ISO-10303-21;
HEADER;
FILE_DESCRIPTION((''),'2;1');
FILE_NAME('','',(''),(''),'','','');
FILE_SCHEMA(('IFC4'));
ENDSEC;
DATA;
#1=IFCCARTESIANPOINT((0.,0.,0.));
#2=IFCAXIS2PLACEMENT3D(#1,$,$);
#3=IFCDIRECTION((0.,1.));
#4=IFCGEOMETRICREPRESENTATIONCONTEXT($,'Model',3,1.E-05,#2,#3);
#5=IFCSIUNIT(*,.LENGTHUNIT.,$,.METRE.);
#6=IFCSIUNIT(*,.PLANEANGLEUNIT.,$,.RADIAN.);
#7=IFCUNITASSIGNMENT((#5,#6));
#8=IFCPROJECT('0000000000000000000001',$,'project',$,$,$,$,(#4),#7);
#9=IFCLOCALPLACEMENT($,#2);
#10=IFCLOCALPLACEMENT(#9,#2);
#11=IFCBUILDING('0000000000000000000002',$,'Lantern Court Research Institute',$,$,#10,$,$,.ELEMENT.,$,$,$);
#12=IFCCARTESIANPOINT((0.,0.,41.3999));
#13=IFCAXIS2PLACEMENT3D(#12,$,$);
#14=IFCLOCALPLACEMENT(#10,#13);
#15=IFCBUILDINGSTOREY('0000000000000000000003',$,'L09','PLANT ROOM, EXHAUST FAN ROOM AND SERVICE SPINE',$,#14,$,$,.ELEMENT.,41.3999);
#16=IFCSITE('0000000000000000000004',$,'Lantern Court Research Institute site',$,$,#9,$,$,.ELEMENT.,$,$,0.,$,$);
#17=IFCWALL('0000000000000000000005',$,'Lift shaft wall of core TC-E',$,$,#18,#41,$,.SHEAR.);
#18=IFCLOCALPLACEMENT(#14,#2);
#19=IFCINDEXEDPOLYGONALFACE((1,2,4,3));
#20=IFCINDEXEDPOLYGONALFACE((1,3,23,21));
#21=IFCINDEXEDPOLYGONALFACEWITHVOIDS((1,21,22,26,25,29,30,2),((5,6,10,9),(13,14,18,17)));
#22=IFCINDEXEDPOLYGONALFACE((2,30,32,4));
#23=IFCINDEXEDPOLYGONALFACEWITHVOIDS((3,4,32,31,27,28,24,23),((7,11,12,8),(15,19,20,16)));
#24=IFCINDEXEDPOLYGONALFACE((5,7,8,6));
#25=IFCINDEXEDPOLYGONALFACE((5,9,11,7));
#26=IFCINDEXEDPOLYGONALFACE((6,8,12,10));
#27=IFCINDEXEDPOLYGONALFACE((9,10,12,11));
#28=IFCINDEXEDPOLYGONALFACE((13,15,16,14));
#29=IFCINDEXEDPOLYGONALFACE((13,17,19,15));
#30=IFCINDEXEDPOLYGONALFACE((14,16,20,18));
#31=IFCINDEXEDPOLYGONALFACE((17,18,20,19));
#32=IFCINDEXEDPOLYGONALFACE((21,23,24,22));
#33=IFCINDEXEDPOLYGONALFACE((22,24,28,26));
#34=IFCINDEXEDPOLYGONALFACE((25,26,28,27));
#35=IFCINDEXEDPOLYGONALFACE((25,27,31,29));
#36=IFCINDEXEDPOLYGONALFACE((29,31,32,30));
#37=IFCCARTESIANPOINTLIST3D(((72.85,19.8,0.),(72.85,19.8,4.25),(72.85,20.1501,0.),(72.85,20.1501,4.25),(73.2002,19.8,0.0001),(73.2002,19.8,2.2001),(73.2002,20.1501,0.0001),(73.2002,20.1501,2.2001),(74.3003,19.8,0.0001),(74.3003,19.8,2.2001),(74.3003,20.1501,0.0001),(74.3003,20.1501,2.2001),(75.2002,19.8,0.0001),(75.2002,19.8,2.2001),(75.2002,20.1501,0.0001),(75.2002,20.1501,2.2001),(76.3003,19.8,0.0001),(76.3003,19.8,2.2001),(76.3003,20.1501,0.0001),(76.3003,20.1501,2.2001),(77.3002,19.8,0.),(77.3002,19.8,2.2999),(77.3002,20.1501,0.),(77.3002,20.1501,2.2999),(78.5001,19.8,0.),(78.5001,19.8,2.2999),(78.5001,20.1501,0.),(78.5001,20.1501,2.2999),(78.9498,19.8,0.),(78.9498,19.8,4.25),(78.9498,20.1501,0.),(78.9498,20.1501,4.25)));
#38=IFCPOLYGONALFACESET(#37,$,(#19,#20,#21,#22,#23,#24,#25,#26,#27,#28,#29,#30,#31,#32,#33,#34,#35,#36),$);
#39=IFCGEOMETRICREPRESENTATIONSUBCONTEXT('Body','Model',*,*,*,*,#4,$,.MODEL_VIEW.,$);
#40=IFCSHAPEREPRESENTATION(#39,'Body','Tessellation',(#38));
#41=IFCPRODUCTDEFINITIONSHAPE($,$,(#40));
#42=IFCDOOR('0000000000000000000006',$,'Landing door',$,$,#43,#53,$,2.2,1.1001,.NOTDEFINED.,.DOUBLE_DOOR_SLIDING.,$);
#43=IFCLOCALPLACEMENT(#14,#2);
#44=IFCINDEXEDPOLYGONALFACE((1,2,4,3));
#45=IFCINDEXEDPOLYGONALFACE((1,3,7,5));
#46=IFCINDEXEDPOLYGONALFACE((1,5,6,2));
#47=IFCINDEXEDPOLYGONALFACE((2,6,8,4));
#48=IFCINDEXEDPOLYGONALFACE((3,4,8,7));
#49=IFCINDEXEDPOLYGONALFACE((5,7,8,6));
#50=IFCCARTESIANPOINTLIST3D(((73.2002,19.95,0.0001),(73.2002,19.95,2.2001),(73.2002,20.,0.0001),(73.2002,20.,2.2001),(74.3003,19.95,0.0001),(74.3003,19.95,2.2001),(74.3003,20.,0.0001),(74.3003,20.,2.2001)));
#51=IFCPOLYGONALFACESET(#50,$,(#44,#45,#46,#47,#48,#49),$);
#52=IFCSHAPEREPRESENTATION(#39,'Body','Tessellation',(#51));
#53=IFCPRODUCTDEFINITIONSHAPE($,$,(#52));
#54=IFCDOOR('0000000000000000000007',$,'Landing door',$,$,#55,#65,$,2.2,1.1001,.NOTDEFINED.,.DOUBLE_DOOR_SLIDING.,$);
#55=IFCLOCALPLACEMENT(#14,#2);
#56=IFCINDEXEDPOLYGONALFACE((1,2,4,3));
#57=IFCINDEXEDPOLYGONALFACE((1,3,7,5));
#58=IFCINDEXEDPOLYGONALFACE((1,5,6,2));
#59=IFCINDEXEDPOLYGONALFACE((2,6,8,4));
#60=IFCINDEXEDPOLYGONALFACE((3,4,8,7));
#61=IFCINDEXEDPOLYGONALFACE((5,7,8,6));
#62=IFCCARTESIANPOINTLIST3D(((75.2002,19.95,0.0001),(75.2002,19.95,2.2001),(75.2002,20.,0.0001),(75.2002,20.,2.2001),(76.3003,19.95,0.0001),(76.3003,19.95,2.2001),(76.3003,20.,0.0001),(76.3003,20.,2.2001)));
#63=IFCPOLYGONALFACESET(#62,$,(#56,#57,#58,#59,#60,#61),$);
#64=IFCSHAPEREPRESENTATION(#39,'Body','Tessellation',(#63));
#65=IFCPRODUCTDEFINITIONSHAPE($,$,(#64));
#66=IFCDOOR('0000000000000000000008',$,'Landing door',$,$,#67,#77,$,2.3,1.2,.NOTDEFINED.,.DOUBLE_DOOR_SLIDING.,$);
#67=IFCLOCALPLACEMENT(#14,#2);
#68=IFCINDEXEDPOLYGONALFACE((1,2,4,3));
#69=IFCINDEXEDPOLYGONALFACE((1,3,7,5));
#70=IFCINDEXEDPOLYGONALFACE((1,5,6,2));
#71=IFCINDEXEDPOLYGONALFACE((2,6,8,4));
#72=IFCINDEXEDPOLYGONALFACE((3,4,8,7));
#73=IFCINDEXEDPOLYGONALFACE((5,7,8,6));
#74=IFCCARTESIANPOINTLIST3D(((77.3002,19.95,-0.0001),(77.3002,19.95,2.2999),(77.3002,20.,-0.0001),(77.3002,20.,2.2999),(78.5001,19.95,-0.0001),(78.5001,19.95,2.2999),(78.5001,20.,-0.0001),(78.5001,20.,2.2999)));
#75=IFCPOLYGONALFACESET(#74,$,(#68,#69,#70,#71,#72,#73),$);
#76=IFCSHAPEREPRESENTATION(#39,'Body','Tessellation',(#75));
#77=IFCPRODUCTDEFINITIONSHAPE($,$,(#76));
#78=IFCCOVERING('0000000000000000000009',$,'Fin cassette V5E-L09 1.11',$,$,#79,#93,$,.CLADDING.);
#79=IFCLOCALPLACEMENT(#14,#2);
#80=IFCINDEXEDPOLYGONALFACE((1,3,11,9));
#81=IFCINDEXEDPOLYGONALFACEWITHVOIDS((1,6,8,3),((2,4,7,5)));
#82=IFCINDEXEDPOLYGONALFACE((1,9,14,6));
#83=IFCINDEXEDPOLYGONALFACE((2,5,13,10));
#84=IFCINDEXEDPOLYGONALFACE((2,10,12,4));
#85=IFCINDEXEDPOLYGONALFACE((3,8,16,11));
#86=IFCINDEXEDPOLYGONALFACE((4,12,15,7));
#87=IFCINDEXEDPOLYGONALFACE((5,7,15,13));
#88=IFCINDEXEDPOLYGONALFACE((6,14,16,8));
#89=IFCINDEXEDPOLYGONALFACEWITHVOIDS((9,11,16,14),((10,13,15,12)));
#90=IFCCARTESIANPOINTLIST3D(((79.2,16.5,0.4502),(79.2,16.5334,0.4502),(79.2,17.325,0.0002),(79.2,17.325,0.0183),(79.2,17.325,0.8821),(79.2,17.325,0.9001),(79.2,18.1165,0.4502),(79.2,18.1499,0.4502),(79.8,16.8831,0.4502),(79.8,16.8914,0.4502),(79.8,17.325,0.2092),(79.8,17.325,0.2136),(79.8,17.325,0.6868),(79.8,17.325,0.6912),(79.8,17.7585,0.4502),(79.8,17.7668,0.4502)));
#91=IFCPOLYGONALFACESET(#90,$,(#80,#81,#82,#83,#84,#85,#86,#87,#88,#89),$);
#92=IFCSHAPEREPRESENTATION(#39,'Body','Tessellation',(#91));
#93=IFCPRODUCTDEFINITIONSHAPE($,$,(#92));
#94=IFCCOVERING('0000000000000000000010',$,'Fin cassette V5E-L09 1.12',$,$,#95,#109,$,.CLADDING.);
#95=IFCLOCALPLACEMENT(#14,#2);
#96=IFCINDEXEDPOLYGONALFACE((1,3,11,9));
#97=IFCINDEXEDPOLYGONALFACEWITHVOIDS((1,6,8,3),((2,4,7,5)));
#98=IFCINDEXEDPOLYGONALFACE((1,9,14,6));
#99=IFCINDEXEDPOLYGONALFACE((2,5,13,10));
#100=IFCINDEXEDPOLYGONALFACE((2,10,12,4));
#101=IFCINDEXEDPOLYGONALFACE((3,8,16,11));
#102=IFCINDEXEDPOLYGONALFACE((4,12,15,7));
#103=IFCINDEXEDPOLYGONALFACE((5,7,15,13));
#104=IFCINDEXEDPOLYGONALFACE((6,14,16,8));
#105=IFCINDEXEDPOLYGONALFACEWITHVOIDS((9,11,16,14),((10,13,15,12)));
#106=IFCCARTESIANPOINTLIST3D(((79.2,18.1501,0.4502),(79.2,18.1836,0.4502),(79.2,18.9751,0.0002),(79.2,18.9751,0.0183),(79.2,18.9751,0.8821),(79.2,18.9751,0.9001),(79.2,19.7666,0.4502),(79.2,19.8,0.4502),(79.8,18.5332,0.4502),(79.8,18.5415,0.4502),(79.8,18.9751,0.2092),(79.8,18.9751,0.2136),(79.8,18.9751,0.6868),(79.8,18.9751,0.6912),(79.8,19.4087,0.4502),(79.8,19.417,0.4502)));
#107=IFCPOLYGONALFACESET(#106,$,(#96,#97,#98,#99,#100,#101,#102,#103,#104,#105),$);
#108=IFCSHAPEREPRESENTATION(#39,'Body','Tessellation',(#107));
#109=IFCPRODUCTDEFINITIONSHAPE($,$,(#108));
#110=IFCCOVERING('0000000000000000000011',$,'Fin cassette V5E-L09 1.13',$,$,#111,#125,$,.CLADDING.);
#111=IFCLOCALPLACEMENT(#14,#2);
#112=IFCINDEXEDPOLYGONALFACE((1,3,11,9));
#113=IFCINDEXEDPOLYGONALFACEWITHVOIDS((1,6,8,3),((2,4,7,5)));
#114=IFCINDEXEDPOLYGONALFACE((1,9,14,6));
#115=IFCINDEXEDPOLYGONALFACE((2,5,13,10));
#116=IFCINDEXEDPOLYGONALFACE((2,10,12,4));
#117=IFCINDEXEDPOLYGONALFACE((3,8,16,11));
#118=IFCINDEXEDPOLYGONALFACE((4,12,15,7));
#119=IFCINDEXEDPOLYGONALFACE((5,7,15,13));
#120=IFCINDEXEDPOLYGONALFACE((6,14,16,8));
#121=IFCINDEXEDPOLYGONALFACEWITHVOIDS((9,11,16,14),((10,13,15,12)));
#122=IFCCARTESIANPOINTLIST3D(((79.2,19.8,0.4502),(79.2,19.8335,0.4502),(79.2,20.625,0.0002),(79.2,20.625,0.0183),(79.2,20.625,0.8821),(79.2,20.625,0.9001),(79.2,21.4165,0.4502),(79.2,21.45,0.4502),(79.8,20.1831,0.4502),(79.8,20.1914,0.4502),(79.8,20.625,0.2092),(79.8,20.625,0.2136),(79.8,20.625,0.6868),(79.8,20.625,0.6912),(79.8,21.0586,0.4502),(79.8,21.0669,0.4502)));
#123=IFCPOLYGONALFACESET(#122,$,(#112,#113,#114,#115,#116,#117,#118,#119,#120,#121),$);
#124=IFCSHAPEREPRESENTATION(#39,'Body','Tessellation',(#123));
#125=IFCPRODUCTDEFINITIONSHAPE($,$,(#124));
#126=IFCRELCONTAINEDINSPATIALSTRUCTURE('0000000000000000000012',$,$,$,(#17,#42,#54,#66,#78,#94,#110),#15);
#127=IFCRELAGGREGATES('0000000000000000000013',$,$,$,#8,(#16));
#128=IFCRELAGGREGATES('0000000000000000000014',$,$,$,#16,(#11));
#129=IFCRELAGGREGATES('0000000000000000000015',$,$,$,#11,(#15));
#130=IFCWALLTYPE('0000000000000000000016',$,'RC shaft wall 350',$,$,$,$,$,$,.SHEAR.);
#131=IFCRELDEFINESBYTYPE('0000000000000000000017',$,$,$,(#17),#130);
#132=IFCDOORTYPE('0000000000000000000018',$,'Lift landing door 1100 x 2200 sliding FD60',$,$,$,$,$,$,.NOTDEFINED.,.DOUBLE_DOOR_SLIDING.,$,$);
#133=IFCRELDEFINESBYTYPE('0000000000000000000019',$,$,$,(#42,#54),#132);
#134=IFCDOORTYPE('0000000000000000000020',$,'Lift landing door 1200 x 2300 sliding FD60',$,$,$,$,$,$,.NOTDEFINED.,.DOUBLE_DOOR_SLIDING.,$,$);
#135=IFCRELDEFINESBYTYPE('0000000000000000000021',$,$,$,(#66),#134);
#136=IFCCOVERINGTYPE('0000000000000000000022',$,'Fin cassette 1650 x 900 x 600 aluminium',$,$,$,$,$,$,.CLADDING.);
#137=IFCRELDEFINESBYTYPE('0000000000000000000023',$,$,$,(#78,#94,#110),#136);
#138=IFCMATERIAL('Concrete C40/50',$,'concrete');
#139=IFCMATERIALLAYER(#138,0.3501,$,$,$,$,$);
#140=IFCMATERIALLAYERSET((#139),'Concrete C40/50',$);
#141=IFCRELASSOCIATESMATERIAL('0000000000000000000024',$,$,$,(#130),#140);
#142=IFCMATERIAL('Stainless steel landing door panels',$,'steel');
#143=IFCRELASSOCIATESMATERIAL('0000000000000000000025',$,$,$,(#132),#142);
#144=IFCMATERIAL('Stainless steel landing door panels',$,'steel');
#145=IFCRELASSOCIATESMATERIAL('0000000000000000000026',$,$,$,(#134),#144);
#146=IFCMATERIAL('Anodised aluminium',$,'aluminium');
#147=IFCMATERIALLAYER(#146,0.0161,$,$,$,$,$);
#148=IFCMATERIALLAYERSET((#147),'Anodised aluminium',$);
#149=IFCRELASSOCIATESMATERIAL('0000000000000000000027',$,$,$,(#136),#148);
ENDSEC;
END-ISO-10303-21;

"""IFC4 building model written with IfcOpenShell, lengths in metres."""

from ifc_helpers import new_model, entity, si_unit, direction, frame, frame_2d, origin, place, context, subcontext, project, spatial, rectangle, extrude, material, layer, layer_set, type_object, element, fill, save


model = new_model("IFC4")

# Units and contexts
model_context = context("Model", 3, precision=1e-05, world=origin(), true_north=direction((0.0, 1.0)))
body_context = subcontext(model_context, "Body", "Model", "MODEL_VIEW")
ifc_project = project(units=[si_unit("LENGTHUNIT", "METRE"), si_unit("PLANEANGLEUNIT", "RADIAN")], contexts=[model_context])

# Site, building, storey
site_placement = place(None, origin())
site = spatial("IfcSite", under=ifc_project, at=site_placement, Name="Lantern Court Research Institute site", CompositionType="ELEMENT", RefElevation=0.0)
building_placement = place(site_placement, origin())
building = spatial("IfcBuilding", under=site, at=building_placement, Name="Lantern Court Research Institute", CompositionType="ELEMENT")
storey_placement = place(building_placement, frame((0.0, 0.0, 41.3999)))
storey = spatial("IfcBuildingStorey", under=building, at=storey_placement, Name="L09", Description="PLANT ROOM, EXHAUST FAN ROOM AND SERVICE SPINE", CompositionType="ELEMENT", Elevation=41.3999)

# Wall, openings, doors
ifc_material_1 = material(Name="Concrete C40/50", Category="concrete")
ifc_layer_1 = layer(ifc_material_1, 0.3501)
ifc_layer_set_1 = layer_set([ifc_layer_1], Name="Concrete C40/50")
wall_type_1 = type_object("IfcWallType", Name="RC shaft wall 350", PredefinedType="SHEAR", material=ifc_layer_set_1)
wall_1_placement = place(storey_placement, frame((72.8501, 19.9751, 0.0), z_axis=(0.0, 0.0, 1.0), x_axis=(1.0, 0.0, 0.0)))
wall_1 = element("IfcWall", 1, at=wall_1_placement, inside=storey, type_object=wall_type_1, Name="Lift shaft wall of core TC-E", PredefinedType="SHEAR", context=body_context, shape_type="SweptSolid", body=[
    extrude(rectangle(XDim=6.0999, YDim=0.3501, at=frame_2d((3.0498, 0.0))), origin(), (0.0, 0.0, 1.0), 4.25),
])
opening_1_placement = place(wall_1_placement, frame((0.3501, 0.0, 0.0)))
opening_1 = element("IfcOpeningElement", 2, at=opening_1_placement, cuts=wall_1, PredefinedType="OPENING", context=body_context, shape_type="SweptSolid", body=[
    extrude(rectangle(XDim=1.1001, YDim=2.2, at=frame_2d((0.55, 1.1001))), frame((0.0, 0.1851, 0.0), z_axis=(0.0, -1.0, 0.0), x_axis=(1.0, 0.0, 0.0)), (0.0, 0.0, 1.0), 0.3701),
])
opening_2_placement = place(wall_1_placement, frame((2.3501, 0.0, 0.0)))
opening_2 = element("IfcOpeningElement", 3, at=opening_2_placement, cuts=wall_1, PredefinedType="OPENING", context=body_context, shape_type="SweptSolid", body=[
    extrude(rectangle(XDim=1.1001, YDim=2.2, at=frame_2d((0.55, 1.1001))), frame((0.0, 0.1851, 0.0), z_axis=(0.0, -1.0, 0.0), x_axis=(1.0, 0.0, 0.0)), (0.0, 0.0, 1.0), 0.3701),
])
opening_3_placement = place(wall_1_placement, frame((4.45, 0.0, 0.0)))
opening_3 = element("IfcOpeningElement", 4, at=opening_3_placement, cuts=wall_1, PredefinedType="OPENING", context=body_context, shape_type="SweptSolid", body=[
    extrude(rectangle(XDim=1.2, YDim=2.3, at=frame_2d((0.6001, 1.1499))), frame((0.0, 0.1851, 0.0), z_axis=(0.0, -1.0, 0.0), x_axis=(1.0, 0.0, 0.0)), (0.0, 0.0, 1.0), 0.3701),
])
ifc_material_2 = material(Name="Stainless steel landing door panels", Category="steel")
door_type_1 = type_object("IfcDoorType", Name="Lift landing door 1100 x 2200 sliding FD60", OperationType="DOUBLE_DOOR_SLIDING", PredefinedType="NOTDEFINED", material=ifc_material_2)
door_1_placement = place(opening_1_placement, origin())
door_1 = element("IfcDoor", 5, at=door_1_placement, inside=storey, type_object=door_type_1, Name="Landing door", OperationType="DOUBLE_DOOR_SLIDING", OverallHeight=2.2, OverallWidth=1.1001, PredefinedType="NOTDEFINED", context=body_context, shape_type="SweptSolid", body=[
    extrude(rectangle(XDim=1.1001, YDim=2.2, at=frame_2d((0.55, 1.1001))), frame((0.0, 0.0249, 0.0), z_axis=(0.0, -1.0, 0.0), x_axis=(1.0, 0.0, 0.0)), (0.0, 0.0, 1.0), 0.05),
])
fill(opening_1, door_1)
door_2_placement = place(opening_2_placement, origin())
door_2 = element("IfcDoor", 6, at=door_2_placement, inside=storey, type_object=door_type_1, Name="Landing door", OperationType="DOUBLE_DOOR_SLIDING", OverallHeight=2.2, OverallWidth=1.1001, PredefinedType="NOTDEFINED", context=body_context, shape_type="SweptSolid", body=[
    extrude(rectangle(XDim=1.1001, YDim=2.2, at=frame_2d((0.55, 1.1001))), frame((0.0, 0.0249, 0.0), z_axis=(0.0, -1.0, 0.0), x_axis=(1.0, 0.0, 0.0)), (0.0, 0.0, 1.0), 0.05),
])
fill(opening_2, door_2)
ifc_material_3 = material(Name="Stainless steel landing door panels", Category="steel")
door_type_2 = type_object("IfcDoorType", Name="Lift landing door 1200 x 2300 sliding FD60", OperationType="DOUBLE_DOOR_SLIDING", PredefinedType="NOTDEFINED", material=ifc_material_3)
door_3_placement = place(opening_3_placement, origin())
door_3 = element("IfcDoor", 7, at=door_3_placement, inside=storey, type_object=door_type_2, Name="Landing door", OperationType="DOUBLE_DOOR_SLIDING", OverallHeight=2.3, OverallWidth=1.2, PredefinedType="NOTDEFINED", context=body_context, shape_type="SweptSolid", body=[
    extrude(rectangle(XDim=1.2, YDim=2.3, at=frame_2d((0.6001, 1.1499))), frame((0.0, 0.0249, 0.0), z_axis=(0.0, -1.0, 0.0), x_axis=(1.0, 0.0, 0.0)), (0.0, 0.0, 1.0), 0.05),
])
fill(opening_3, door_3)

# Coverings
ifc_material_4 = material(Name="Anodised aluminium", Category="aluminium")
ifc_layer_2 = layer(ifc_material_4, 0.0161)
ifc_layer_set_2 = layer_set([ifc_layer_2], Name="Anodised aluminium")
covering_type = type_object("IfcCoveringType", Name="Fin cassette 1650 x 900 x 600 aluminium", PredefinedType="CLADDING", material=ifc_layer_set_2)
covering_1_placement = place(storey_placement, frame((79.2, 17.325, 0.4502), z_axis=(1.0, 0.0, 0.0), x_axis=(0.0, 1.0, 0.0)))
cartesian_point_1 = entity("IfcCartesianPoint", [0.825, 0.0])
cartesian_point_2 = entity("IfcCartesianPoint", [0.7915, 0.0])
cartesian_point_3 = entity("IfcCartesianPoint", [0.4419, 0.0])
cartesian_point_4 = entity("IfcCartesianPoint", [0.4336, 0.0])
element("IfcCovering", 8, at=covering_1_placement, inside=storey, type_object=covering_type, Name="Fin cassette V5E-L09 1.11", PredefinedType="CLADDING", context=body_context, shape_type="SweptSolid", body=[
    entity("IfcExtrudedAreaSolidTapered", entity("IfcArbitraryProfileDefWithVoids", "AREA", None, entity("IfcPolyline", [cartesian_point_1, entity("IfcCartesianPoint", [0.0, 0.45]), entity("IfcCartesianPoint", [-0.825, 0.0]), entity("IfcCartesianPoint", [0.0, -0.45]), cartesian_point_1]), [entity("IfcPolyline", [cartesian_point_2, entity("IfcCartesianPoint", [0.0, 0.4319]), entity("IfcCartesianPoint", [-0.7915, 0.0]), entity("IfcCartesianPoint", [0.0, -0.4319]), cartesian_point_2])]), entity("IfcAxis2Placement3D", entity("IfcCartesianPoint", [0.0, 0.0, 0.0])), entity("IfcDirection", [0.0, 0.0, 1.0]), 0.6001, entity("IfcArbitraryProfileDefWithVoids", "AREA", None, entity("IfcPolyline", [cartesian_point_3, entity("IfcCartesianPoint", [0.0, 0.241]), entity("IfcCartesianPoint", [-0.4419, 0.0]), entity("IfcCartesianPoint", [0.0, -0.241]), cartesian_point_3]), [entity("IfcPolyline", [cartesian_point_4, entity("IfcCartesianPoint", [0.0, 0.2366]), entity("IfcCartesianPoint", [-0.4336, 0.0]), entity("IfcCartesianPoint", [0.0, -0.2366]), cartesian_point_4])])),
])
covering_2_placement = place(storey_placement, frame((79.2, 18.9751, 0.4502), z_axis=(1.0, 0.0, 0.0), x_axis=(0.0, 1.0, 0.0)))
cartesian_point_5 = entity("IfcCartesianPoint", [0.825, 0.0])
cartesian_point_6 = entity("IfcCartesianPoint", [0.7915, 0.0])
cartesian_point_7 = entity("IfcCartesianPoint", [0.4419, 0.0])
cartesian_point_8 = entity("IfcCartesianPoint", [0.4336, 0.0])
element("IfcCovering", 9, at=covering_2_placement, inside=storey, type_object=covering_type, Name="Fin cassette V5E-L09 1.12", PredefinedType="CLADDING", context=body_context, shape_type="SweptSolid", body=[
    entity("IfcExtrudedAreaSolidTapered", entity("IfcArbitraryProfileDefWithVoids", "AREA", None, entity("IfcPolyline", [cartesian_point_5, entity("IfcCartesianPoint", [0.0, 0.45]), entity("IfcCartesianPoint", [-0.825, 0.0]), entity("IfcCartesianPoint", [0.0, -0.45]), cartesian_point_5]), [entity("IfcPolyline", [cartesian_point_6, entity("IfcCartesianPoint", [0.0, 0.4319]), entity("IfcCartesianPoint", [-0.7915, 0.0]), entity("IfcCartesianPoint", [0.0, -0.4319]), cartesian_point_6])]), entity("IfcAxis2Placement3D", entity("IfcCartesianPoint", [0.0, 0.0, 0.0])), entity("IfcDirection", [0.0, 0.0, 1.0]), 0.6001, entity("IfcArbitraryProfileDefWithVoids", "AREA", None, entity("IfcPolyline", [cartesian_point_7, entity("IfcCartesianPoint", [0.0, 0.241]), entity("IfcCartesianPoint", [-0.4419, 0.0]), entity("IfcCartesianPoint", [0.0, -0.241]), cartesian_point_7]), [entity("IfcPolyline", [cartesian_point_8, entity("IfcCartesianPoint", [0.0, 0.2366]), entity("IfcCartesianPoint", [-0.4336, 0.0]), entity("IfcCartesianPoint", [0.0, -0.2366]), cartesian_point_8])])),
])
covering_3_placement = place(storey_placement, frame((79.2, 20.625, 0.4502), z_axis=(1.0, 0.0, 0.0), x_axis=(0.0, 1.0, 0.0)))
cartesian_point_9 = entity("IfcCartesianPoint", [0.825, 0.0])
cartesian_point_10 = entity("IfcCartesianPoint", [0.7915, 0.0])
cartesian_point_11 = entity("IfcCartesianPoint", [0.4419, 0.0])
cartesian_point_12 = entity("IfcCartesianPoint", [0.4336, 0.0])
element("IfcCovering", 10, at=covering_3_placement, inside=storey, type_object=covering_type, Name="Fin cassette V5E-L09 1.13", PredefinedType="CLADDING", context=body_context, shape_type="SweptSolid", body=[
    entity("IfcExtrudedAreaSolidTapered", entity("IfcArbitraryProfileDefWithVoids", "AREA", None, entity("IfcPolyline", [cartesian_point_9, entity("IfcCartesianPoint", [0.0, 0.45]), entity("IfcCartesianPoint", [-0.825, 0.0]), entity("IfcCartesianPoint", [0.0, -0.45]), cartesian_point_9]), [entity("IfcPolyline", [cartesian_point_10, entity("IfcCartesianPoint", [0.0, 0.4319]), entity("IfcCartesianPoint", [-0.7915, 0.0]), entity("IfcCartesianPoint", [0.0, -0.4319]), cartesian_point_10])]), entity("IfcAxis2Placement3D", entity("IfcCartesianPoint", [0.0, 0.0, 0.0])), entity("IfcDirection", [0.0, 0.0, 1.0]), 0.6001, entity("IfcArbitraryProfileDefWithVoids", "AREA", None, entity("IfcPolyline", [cartesian_point_11, entity("IfcCartesianPoint", [0.0, 0.241]), entity("IfcCartesianPoint", [-0.4419, 0.0]), entity("IfcCartesianPoint", [0.0, -0.241]), cartesian_point_11]), [entity("IfcPolyline", [cartesian_point_12, entity("IfcCartesianPoint", [0.0, 0.2366]), entity("IfcCartesianPoint", [-0.4336, 0.0]), entity("IfcCartesianPoint", [0.0, -0.2366]), cartesian_point_12])])),
])

save(model, "model.ifc")
